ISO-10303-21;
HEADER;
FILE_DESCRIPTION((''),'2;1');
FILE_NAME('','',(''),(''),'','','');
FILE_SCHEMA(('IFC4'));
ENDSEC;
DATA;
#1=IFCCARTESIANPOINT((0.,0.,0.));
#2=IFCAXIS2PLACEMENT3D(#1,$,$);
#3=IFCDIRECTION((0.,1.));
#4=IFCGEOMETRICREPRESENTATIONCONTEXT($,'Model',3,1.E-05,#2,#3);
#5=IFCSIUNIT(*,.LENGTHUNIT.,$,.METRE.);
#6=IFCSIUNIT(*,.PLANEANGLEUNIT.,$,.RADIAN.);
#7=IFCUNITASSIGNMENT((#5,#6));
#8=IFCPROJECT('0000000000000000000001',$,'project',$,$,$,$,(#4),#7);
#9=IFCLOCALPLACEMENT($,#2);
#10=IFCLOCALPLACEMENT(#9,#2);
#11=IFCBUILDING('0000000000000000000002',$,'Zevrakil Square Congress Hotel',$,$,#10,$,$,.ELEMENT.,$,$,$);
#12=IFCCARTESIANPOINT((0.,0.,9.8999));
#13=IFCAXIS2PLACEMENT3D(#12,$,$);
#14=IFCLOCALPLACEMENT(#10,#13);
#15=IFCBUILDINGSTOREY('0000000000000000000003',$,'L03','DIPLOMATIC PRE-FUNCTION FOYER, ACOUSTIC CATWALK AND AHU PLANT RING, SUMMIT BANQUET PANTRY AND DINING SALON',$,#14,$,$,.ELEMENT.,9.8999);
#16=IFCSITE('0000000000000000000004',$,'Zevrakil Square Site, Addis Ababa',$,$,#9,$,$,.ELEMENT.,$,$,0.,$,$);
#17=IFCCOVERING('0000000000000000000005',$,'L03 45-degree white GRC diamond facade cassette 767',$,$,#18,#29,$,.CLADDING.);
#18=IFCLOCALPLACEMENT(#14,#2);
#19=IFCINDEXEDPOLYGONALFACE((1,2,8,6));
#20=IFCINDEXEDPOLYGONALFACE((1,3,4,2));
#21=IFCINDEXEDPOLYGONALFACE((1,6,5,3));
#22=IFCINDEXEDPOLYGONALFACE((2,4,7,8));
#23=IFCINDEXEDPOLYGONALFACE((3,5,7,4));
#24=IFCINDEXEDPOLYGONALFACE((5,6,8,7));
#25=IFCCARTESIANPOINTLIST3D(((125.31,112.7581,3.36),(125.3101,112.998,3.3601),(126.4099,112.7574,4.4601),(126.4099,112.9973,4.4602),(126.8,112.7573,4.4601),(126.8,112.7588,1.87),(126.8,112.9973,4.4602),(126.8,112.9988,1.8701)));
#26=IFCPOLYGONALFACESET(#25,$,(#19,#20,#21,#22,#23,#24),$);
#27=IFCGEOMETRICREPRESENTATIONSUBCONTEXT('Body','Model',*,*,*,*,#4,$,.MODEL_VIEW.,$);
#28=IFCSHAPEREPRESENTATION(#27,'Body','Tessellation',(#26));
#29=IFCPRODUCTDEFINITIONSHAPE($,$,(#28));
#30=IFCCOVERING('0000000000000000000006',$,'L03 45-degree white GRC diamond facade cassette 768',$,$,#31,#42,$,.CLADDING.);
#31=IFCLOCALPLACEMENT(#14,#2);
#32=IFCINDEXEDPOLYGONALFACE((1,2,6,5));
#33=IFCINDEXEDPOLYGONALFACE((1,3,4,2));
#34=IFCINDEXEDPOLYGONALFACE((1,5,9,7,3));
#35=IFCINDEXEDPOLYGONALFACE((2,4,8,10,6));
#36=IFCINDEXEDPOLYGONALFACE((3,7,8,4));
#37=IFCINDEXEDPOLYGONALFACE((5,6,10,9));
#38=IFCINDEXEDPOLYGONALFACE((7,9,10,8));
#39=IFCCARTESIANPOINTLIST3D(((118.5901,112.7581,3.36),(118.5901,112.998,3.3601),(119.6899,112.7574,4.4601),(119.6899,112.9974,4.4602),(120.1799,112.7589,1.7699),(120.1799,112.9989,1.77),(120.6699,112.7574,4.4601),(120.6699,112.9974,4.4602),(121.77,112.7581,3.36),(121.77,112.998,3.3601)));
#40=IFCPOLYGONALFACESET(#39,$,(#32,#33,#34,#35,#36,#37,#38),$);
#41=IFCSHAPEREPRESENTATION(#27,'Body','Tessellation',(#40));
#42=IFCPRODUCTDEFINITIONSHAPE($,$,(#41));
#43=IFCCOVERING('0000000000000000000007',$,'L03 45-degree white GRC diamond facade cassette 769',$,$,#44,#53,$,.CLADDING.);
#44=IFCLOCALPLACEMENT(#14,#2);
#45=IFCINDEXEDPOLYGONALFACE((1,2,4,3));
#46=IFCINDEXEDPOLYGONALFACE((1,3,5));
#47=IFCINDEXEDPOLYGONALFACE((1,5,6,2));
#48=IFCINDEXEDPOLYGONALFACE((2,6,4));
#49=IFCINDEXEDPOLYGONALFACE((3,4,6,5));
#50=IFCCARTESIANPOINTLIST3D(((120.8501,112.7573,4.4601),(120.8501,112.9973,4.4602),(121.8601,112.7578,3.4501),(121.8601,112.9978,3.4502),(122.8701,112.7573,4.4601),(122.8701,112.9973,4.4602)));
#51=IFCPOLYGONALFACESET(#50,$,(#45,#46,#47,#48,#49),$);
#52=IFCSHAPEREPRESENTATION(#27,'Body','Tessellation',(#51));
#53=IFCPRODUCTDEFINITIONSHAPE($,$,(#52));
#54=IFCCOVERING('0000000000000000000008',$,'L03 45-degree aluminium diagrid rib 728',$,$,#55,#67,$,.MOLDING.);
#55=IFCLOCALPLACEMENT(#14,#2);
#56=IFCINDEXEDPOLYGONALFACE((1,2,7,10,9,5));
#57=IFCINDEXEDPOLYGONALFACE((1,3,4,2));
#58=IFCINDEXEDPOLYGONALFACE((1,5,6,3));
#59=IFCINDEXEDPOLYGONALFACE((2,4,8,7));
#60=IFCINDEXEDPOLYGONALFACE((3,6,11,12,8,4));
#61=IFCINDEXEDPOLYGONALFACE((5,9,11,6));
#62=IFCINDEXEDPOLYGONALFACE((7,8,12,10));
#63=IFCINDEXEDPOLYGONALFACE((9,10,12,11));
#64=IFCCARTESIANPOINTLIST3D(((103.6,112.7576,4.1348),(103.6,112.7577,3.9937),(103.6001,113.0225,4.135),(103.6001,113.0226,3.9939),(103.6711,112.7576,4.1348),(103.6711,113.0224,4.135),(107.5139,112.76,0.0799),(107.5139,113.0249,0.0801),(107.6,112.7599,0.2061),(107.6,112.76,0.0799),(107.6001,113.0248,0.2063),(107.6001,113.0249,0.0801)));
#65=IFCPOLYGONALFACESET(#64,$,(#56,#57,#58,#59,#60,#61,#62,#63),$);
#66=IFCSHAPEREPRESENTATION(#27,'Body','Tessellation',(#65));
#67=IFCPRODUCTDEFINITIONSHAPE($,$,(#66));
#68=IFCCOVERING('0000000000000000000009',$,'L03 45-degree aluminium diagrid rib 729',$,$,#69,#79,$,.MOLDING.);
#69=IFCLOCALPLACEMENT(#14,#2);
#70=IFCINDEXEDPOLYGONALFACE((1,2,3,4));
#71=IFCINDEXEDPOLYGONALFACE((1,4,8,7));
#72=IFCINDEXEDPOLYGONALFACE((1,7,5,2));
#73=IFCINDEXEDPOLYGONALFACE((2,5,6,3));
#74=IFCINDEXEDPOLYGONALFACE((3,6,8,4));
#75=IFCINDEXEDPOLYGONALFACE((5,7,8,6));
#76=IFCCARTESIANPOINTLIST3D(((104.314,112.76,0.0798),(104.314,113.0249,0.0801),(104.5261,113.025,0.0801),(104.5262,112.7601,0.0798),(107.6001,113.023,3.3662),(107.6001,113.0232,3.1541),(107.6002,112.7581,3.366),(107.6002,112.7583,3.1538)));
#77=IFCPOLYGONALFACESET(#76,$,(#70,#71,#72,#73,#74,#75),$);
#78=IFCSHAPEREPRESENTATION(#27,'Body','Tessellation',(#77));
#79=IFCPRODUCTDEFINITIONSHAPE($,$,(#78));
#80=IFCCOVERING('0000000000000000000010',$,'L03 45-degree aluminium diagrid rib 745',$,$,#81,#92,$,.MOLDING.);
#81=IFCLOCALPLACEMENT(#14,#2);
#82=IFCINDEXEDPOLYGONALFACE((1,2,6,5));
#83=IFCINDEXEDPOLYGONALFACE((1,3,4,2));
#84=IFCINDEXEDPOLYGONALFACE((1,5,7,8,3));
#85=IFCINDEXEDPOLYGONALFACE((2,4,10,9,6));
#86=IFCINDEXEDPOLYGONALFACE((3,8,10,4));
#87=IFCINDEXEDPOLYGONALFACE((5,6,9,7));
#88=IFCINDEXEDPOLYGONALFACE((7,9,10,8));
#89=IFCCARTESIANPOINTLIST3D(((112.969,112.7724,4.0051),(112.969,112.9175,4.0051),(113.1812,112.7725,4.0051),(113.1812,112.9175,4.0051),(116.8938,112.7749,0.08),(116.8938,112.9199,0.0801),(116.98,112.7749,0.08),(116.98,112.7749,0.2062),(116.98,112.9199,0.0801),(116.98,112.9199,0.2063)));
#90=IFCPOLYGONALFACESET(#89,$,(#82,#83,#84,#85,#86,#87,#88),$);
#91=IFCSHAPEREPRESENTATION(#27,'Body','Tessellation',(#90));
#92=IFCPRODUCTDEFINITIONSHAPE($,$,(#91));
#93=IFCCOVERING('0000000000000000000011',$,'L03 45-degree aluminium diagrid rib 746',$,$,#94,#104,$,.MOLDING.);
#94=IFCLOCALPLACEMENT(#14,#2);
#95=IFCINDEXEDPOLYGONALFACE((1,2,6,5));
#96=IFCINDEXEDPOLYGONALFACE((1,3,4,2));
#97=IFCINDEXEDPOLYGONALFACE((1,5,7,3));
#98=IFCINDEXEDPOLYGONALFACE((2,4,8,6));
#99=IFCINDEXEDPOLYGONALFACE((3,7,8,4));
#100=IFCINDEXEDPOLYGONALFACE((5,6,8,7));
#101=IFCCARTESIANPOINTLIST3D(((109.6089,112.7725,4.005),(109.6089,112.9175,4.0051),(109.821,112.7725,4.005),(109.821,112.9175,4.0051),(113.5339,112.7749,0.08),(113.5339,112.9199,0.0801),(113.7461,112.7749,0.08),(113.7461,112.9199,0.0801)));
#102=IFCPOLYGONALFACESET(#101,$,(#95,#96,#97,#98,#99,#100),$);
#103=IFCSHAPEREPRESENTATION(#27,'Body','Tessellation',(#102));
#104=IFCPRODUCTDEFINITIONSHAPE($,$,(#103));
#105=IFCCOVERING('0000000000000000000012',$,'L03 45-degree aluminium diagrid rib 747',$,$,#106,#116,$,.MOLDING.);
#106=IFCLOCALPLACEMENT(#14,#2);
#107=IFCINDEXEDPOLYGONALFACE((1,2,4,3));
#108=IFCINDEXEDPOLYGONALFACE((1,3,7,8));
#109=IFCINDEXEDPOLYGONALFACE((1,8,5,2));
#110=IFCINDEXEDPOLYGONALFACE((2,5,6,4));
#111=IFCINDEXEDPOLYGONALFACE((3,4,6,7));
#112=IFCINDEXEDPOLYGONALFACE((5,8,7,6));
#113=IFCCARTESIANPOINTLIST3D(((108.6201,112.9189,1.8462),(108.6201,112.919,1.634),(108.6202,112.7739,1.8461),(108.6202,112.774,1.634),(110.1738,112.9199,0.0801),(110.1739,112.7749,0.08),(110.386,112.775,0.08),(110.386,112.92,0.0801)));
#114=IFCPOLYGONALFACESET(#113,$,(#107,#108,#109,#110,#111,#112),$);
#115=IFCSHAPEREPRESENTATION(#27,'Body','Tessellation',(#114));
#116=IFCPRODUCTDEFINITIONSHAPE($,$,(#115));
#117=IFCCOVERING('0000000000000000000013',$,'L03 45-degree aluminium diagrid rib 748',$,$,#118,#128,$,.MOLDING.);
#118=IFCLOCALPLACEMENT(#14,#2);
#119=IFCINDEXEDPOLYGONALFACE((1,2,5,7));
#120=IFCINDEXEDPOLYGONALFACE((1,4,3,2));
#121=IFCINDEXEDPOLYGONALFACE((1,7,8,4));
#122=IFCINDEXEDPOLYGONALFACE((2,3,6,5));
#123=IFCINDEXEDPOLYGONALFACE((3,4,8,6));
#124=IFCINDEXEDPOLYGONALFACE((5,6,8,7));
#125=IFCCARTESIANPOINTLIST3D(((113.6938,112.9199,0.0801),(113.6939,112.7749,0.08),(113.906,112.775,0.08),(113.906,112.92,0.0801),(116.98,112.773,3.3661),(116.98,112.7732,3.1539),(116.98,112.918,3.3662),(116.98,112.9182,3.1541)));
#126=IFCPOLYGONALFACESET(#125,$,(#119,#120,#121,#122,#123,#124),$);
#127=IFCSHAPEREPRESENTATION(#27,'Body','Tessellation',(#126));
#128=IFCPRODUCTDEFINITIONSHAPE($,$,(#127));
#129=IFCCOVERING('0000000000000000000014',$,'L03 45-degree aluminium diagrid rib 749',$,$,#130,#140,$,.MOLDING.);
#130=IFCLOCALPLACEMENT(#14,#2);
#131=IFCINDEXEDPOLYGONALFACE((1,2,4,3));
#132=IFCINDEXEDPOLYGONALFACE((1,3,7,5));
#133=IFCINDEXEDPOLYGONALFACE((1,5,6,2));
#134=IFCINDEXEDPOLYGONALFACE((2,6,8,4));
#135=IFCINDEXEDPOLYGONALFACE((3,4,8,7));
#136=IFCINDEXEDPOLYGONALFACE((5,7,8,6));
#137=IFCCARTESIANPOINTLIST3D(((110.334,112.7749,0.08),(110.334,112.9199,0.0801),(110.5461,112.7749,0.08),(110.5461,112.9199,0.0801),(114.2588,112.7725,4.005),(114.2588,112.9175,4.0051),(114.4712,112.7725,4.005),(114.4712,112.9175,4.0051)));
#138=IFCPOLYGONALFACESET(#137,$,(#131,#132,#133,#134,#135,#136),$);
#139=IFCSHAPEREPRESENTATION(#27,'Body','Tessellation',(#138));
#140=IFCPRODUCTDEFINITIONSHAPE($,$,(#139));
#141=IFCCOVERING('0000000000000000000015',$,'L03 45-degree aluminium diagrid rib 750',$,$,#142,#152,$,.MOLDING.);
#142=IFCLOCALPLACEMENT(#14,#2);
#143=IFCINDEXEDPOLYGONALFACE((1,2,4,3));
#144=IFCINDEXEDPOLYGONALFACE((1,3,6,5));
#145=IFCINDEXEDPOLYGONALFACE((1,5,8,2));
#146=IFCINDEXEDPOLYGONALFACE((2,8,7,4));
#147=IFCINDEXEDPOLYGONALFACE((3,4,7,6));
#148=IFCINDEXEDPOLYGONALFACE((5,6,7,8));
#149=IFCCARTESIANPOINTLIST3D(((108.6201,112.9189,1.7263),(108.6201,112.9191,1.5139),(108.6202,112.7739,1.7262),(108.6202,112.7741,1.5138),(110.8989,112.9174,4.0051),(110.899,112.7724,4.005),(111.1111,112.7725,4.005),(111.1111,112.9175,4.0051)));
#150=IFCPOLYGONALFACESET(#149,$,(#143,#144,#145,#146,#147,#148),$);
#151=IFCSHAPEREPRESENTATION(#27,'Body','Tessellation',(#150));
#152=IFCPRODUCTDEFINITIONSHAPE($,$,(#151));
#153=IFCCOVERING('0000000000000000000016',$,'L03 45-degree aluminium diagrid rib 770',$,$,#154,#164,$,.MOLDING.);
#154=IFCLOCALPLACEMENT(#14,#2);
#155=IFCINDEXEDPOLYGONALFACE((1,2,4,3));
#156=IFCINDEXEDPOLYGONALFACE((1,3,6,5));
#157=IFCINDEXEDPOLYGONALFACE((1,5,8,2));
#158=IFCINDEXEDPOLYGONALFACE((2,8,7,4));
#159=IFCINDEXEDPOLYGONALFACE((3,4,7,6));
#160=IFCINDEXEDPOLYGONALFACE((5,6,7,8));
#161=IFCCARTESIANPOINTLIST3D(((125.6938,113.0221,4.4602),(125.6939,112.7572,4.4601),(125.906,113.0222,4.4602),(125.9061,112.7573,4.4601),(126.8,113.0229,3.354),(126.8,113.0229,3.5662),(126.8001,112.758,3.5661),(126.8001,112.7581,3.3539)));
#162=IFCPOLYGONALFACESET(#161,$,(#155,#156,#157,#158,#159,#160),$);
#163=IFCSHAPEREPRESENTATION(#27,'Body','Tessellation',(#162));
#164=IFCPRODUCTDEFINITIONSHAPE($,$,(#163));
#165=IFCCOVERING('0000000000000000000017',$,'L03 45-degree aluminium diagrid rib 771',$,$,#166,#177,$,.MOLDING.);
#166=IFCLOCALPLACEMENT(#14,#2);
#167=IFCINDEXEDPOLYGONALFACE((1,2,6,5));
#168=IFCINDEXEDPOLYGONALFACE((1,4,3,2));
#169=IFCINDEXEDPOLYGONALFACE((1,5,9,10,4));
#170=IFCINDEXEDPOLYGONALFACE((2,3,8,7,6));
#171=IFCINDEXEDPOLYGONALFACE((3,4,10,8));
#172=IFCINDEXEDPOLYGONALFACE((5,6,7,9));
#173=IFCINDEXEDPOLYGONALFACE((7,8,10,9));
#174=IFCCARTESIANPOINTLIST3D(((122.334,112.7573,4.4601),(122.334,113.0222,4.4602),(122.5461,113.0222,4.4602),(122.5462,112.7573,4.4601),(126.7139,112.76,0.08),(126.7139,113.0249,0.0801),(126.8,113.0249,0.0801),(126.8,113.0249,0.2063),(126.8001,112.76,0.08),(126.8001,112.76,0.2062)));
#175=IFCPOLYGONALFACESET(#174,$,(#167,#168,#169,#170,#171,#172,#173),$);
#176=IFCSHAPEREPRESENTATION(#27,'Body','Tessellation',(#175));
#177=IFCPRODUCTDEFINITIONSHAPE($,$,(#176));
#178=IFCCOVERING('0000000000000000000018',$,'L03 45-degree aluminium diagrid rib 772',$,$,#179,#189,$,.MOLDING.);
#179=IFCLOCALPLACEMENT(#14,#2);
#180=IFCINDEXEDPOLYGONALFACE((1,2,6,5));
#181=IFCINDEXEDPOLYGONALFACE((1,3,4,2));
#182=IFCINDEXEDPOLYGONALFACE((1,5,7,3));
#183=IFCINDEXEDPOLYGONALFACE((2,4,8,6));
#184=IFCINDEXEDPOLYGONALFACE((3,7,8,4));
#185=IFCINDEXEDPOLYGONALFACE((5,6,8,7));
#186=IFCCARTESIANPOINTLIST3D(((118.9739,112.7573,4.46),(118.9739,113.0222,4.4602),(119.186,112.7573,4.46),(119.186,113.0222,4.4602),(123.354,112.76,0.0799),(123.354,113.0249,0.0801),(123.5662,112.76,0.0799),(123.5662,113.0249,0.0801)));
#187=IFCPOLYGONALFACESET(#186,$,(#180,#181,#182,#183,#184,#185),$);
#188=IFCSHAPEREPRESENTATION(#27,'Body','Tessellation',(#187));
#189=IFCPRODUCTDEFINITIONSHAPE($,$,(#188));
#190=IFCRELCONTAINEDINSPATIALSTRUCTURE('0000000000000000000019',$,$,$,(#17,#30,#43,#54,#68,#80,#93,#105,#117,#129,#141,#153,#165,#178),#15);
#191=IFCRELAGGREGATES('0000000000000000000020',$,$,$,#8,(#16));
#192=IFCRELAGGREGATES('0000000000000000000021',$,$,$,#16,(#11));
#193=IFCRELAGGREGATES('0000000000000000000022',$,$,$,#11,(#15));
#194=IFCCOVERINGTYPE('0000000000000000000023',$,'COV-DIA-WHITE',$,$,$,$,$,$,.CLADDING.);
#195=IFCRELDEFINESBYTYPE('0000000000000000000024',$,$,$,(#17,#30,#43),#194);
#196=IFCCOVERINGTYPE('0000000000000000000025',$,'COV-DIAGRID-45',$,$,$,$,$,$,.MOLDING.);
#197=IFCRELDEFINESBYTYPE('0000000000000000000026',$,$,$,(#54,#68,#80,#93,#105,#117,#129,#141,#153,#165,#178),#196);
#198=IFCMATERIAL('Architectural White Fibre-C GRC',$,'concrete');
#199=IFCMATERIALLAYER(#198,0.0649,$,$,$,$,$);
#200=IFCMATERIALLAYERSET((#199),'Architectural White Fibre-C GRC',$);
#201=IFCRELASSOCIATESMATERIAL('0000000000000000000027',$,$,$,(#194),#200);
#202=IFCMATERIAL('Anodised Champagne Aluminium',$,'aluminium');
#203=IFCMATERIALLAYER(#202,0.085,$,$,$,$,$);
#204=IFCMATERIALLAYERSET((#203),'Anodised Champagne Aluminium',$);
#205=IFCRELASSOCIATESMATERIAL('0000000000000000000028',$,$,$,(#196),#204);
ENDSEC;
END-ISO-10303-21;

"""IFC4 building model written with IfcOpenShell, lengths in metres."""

from ifc_helpers import new_model, si_unit, direction, frame, origin, place, context, subcontext, project, spatial, polyline, outline, extrude, material, layer, layer_set, type_object, element, save


model = new_model("IFC4")

# Units and contexts
model_context = context("Model", 3, precision=1e-05, world=origin(), true_north=direction((0.0, 1.0)))
body_context = subcontext(model_context, "Body", "Model", "MODEL_VIEW")
ifc_project = project(units=[si_unit("LENGTHUNIT", "METRE"), si_unit("PLANEANGLEUNIT", "RADIAN")], contexts=[model_context])

# Site, building, storey
site_placement = place(None, origin())
site = spatial("IfcSite", under=ifc_project, at=site_placement, Name="Zevrakil Square Site, Addis Ababa", CompositionType="ELEMENT", RefElevation=0.0)
building_placement = place(site_placement, origin())
building = spatial("IfcBuilding", under=site, at=building_placement, Name="Zevrakil Square Congress Hotel", CompositionType="ELEMENT")
storey_placement = place(building_placement, frame((0.0, 0.0, 9.8999)))
storey = spatial("IfcBuildingStorey", under=building, at=storey_placement, Name="L03", Description="DIPLOMATIC PRE-FUNCTION FOYER, ACOUSTIC CATWALK AND AHU PLANT RING, SUMMIT BANQUET PANTRY AND DINING SALON", CompositionType="ELEMENT", Elevation=9.8999)

# Coverings
ifc_material_1 = material(Name="Architectural White Fibre-C GRC", Category="concrete")
ifc_layer_1 = layer(ifc_material_1, 0.0649)
ifc_layer_set_1 = layer_set([ifc_layer_1], Name="Architectural White Fibre-C GRC")
covering_type_1 = type_object("IfcCoveringType", Name="COV-DIA-WHITE", PredefinedType="CLADDING", material=ifc_layer_set_1)
covering_1_placement = place(storey_placement, frame((125.3101, 112.998, 3.3601), z_axis=(0.000067, 1.0, 0.000576), x_axis=(0.707107, 0.00036, -0.707107)))
element("IfcCovering", 1, at=covering_1_placement, inside=storey, type_object=covering_type_1, Name="L03 45-degree white GRC diamond facade cassette 767", PredefinedType="CLADDING", context=body_context, shape_type="SweptSolid", body=[
    extrude(outline(polyline([(0.0, 0.0), (2.1072, 0.0), (0.2757, -1.8315), (-0.0002, -1.5556), (0.0, 0.0)])), origin(), (0.0, 0.0, -1.0), 0.24),
])
covering_2_placement = place(storey_placement, frame((118.5901, 112.998, 3.3601), z_axis=(0.0, 1.0, 0.000558), x_axis=(0.707052, 0.000395, -0.707161)))
element("IfcCovering", 2, at=covering_2_placement, inside=storey, type_object=covering_type_1, Name="L03 45-degree white GRC diamond facade cassette 768", PredefinedType="CLADDING", context=body_context, shape_type="SweptSolid", body=[
    extrude(outline(polyline([(0.0, 0.0), (2.2486, 0.0), (2.2484, -2.2487), (0.6926, -2.2486), (-0.0003, -1.5556), (0.0, 0.0)])), origin(), (0.0, 0.0, -1.0), 0.24),
])
covering_3_placement = place(storey_placement, frame((121.8601, 112.9978, 3.4502), z_axis=(0.0, 1.0, 0.000483), x_axis=(0.707107, -0.000342, 0.707107)))
element("IfcCovering", 3, at=covering_3_placement, inside=storey, type_object=covering_type_1, Name="L03 45-degree white GRC diamond facade cassette 769", PredefinedType="CLADDING", context=body_context, shape_type="SweptSolid", body=[
    extrude(outline(polyline([(0.0, 0.0), (1.4284, 0.0), (0.0, -1.4284), (0.0, 0.0)])), origin(), (0.0, 0.0, -1.0), 0.24),
])
ifc_material_2 = material(Name="Anodised Champagne Aluminium", Category="aluminium")
ifc_layer_2 = layer(ifc_material_2, 0.085)
ifc_layer_set_2 = layer_set([ifc_layer_2], Name="Anodised Champagne Aluminium")
covering_type_2 = type_object("IfcCoveringType", Name="COV-DIAGRID-45", PredefinedType="MOLDING", material=ifc_layer_set_2)
covering_4_placement = place(storey_placement, frame((107.5139, 113.0249, 0.0801), z_axis=(0.0002, 1.0, 0.000795), x_axis=(1.0, -0.0002, 0.0)))
element("IfcCovering", 4, at=covering_4_placement, inside=storey, type_object=covering_type_2, Name="L03 45-degree aluminium diagrid rib 728", PredefinedType="MOLDING", context=body_context, shape_type="SweptSolid", body=[
    extrude(outline(polyline([(0.0, 0.0), (0.0862, 0.0), (0.0862, -0.1262), (-3.8428, -4.0549), (-3.9138, -4.0549), (-3.9138, -3.9138), (0.0, 0.0)])), origin(), (0.0, 0.0, -1.0), 0.2649),
])
covering_5_placement = place(storey_placement, frame((107.6001, 113.0232, 3.1541), z_axis=(-0.000287, 1.0, 0.000863), x_axis=(0.0, -0.000863, 1.0)))
element("IfcCovering", 5, at=covering_5_placement, inside=storey, type_object=covering_type_2, Name="L03 45-degree aluminium diagrid rib 729", PredefinedType="MOLDING", context=body_context, shape_type="SweptSolid", body=[
    extrude(outline(polyline([(0.0, 0.0), (0.2122, 0.0), (-3.074, -3.2861), (-3.074, -3.074), (0.0, 0.0)])), origin(), (0.0, 0.0, -1.0), 0.2649),
])
covering_6_placement = place(storey_placement, frame((116.8938, 112.9199, 0.0801), z_axis=(-0.000187, 1.0, 0.000441), x_axis=(1.0, 0.000187, 0.0)))
element("IfcCovering", 6, at=covering_6_placement, inside=storey, type_object=covering_type_2, Name="L03 45-degree aluminium diagrid rib 745", PredefinedType="MOLDING", context=body_context, shape_type="SweptSolid", body=[
    extrude(outline(polyline([(0.0, 0.0), (0.0862, 0.0), (0.0862, -0.1262), (-3.7126, -3.925), (-3.9248, -3.925), (0.0, 0.0)])), origin(), (0.0, 0.0, -1.0), 0.145),
])
covering_7_placement = place(storey_placement, frame((113.5339, 112.9199, 0.0801), z_axis=(0.0, 1.0, 0.000622), x_axis=(1.0, 0.0, 0.0)))
element("IfcCovering", 7, at=covering_7_placement, inside=storey, type_object=covering_type_2, Name="L03 45-degree aluminium diagrid rib 746", PredefinedType="MOLDING", context=body_context, shape_type="SweptSolid", body=[
    extrude(outline(polyline([(0.0, 0.0), (0.2122, 0.0), (-3.7129, -3.925), (-3.925, -3.925), (0.0, 0.0)])), origin(), (0.0, 0.0, -1.0), 0.145),
])
covering_8_placement = place(storey_placement, frame((110.1738, 112.9199, 0.0801), z_axis=(-0.000294, 1.0, 0.000294), x_axis=(1.0, 0.000294, 0.0)))
element("IfcCovering", 8, at=covering_8_placement, inside=storey, type_object=covering_type_2, Name="L03 45-degree aluminium diagrid rib 747", PredefinedType="MOLDING", context=body_context, shape_type="SweptSolid", body=[
    extrude(outline(polyline([(0.0, 0.0), (0.2122, 0.0), (-1.5537, -1.7661), (-1.5537, -1.554), (0.0, 0.0)])), origin(), (0.0, 0.0, -1.0), 0.145),
])
covering_9_placement = place(storey_placement, frame((116.98, 112.9182, 3.1541), z_axis=(-0.000287, 1.0, 0.000863), x_axis=(0.0, -0.000863, 1.0)))
element("IfcCovering", 9, at=covering_9_placement, inside=storey, type_object=covering_type_2, Name="L03 45-degree aluminium diagrid rib 748", PredefinedType="MOLDING", context=body_context, shape_type="SweptSolid", body=[
    extrude(outline(polyline([(0.0, 0.0), (0.2122, 0.0), (-3.074, -3.2861), (-3.074, -3.074), (0.0, 0.0)])), origin(), (0.0, 0.0, -1.0), 0.145),
])
covering_10_placement = place(storey_placement, frame((114.4712, 112.9175, 4.0051), z_axis=(0.0, 1.0, 0.000622), x_axis=(-1.0, 0.0, 0.0)))
element("IfcCovering", 10, at=covering_10_placement, inside=storey, type_object=covering_type_2, Name="L03 45-degree aluminium diagrid rib 749", PredefinedType="MOLDING", context=body_context, shape_type="SweptSolid", body=[
    extrude(outline(polyline([(0.0, 0.0), (0.2124, 0.0), (4.1372, -3.925), (3.925, -3.925), (0.0, 0.0)])), origin(), (0.0, 0.0, -1.0), 0.145),
])
covering_11_placement = place(storey_placement, frame((111.1111, 112.9175, 4.0051), z_axis=(-0.000242, 1.0, 0.000908), x_axis=(-1.0, -0.000242, 0.0)))
element("IfcCovering", 11, at=covering_11_placement, inside=storey, type_object=covering_type_2, Name="L03 45-degree aluminium diagrid rib 750", PredefinedType="MOLDING", context=body_context, shape_type="SweptSolid", body=[
    extrude(outline(polyline([(0.0, 0.0), (0.2122, 0.0), (2.491, -2.2788), (2.491, -2.4912), (0.0, 0.0)])), origin(), (0.0, 0.0, -1.0), 0.145),
])
covering_12_placement = place(storey_placement, frame((126.8, 113.0229, 3.354), z_axis=(-0.000366, 1.0, 0.000366), x_axis=(0.0, -0.000366, 1.0)))
element("IfcCovering", 12, at=covering_12_placement, inside=storey, type_object=covering_type_2, Name="L03 45-degree aluminium diagrid rib 770", PredefinedType="MOLDING", context=body_context, shape_type="SweptSolid", body=[
    extrude(outline(polyline([(0.0, 0.0), (0.2122, 0.0), (1.1062, -0.894), (1.1062, -1.1062), (0.0, 0.0)])), origin(), (0.0, 0.0, -1.0), 0.2649),
])
covering_13_placement = place(storey_placement, frame((126.7139, 113.0249, 0.0801), z_axis=(-0.000184, 1.0, 0.000435), x_axis=(1.0, 0.000184, 0.0)))
element("IfcCovering", 13, at=covering_13_placement, inside=storey, type_object=covering_type_2, Name="L03 45-degree aluminium diagrid rib 771", PredefinedType="MOLDING", context=body_context, shape_type="SweptSolid", body=[
    extrude(outline(polyline([(0.0, 0.0), (0.0862, 0.0), (0.0862, -0.1262), (-4.1677, -4.3801), (-4.3799, -4.3801), (0.0, 0.0)])), origin(), (0.0, 0.0, -1.0), 0.2649),
])
covering_14_placement = place(storey_placement, frame((123.354, 113.0249, 0.0801), z_axis=(0.0, 1.0, 0.000613), x_axis=(1.0, 0.0, 0.0)))
element("IfcCovering", 14, at=covering_14_placement, inside=storey, type_object=covering_type_2, Name="L03 45-degree aluminium diagrid rib 772", PredefinedType="MOLDING", context=body_context, shape_type="SweptSolid", body=[
    extrude(outline(polyline([(0.0, 0.0), (0.2122, 0.0), (-4.168, -4.3801), (-4.3801, -4.3801), (0.0, 0.0)])), origin(), (0.0, 0.0, -1.0), 0.2649),
])

save(model, "model.ifc")
